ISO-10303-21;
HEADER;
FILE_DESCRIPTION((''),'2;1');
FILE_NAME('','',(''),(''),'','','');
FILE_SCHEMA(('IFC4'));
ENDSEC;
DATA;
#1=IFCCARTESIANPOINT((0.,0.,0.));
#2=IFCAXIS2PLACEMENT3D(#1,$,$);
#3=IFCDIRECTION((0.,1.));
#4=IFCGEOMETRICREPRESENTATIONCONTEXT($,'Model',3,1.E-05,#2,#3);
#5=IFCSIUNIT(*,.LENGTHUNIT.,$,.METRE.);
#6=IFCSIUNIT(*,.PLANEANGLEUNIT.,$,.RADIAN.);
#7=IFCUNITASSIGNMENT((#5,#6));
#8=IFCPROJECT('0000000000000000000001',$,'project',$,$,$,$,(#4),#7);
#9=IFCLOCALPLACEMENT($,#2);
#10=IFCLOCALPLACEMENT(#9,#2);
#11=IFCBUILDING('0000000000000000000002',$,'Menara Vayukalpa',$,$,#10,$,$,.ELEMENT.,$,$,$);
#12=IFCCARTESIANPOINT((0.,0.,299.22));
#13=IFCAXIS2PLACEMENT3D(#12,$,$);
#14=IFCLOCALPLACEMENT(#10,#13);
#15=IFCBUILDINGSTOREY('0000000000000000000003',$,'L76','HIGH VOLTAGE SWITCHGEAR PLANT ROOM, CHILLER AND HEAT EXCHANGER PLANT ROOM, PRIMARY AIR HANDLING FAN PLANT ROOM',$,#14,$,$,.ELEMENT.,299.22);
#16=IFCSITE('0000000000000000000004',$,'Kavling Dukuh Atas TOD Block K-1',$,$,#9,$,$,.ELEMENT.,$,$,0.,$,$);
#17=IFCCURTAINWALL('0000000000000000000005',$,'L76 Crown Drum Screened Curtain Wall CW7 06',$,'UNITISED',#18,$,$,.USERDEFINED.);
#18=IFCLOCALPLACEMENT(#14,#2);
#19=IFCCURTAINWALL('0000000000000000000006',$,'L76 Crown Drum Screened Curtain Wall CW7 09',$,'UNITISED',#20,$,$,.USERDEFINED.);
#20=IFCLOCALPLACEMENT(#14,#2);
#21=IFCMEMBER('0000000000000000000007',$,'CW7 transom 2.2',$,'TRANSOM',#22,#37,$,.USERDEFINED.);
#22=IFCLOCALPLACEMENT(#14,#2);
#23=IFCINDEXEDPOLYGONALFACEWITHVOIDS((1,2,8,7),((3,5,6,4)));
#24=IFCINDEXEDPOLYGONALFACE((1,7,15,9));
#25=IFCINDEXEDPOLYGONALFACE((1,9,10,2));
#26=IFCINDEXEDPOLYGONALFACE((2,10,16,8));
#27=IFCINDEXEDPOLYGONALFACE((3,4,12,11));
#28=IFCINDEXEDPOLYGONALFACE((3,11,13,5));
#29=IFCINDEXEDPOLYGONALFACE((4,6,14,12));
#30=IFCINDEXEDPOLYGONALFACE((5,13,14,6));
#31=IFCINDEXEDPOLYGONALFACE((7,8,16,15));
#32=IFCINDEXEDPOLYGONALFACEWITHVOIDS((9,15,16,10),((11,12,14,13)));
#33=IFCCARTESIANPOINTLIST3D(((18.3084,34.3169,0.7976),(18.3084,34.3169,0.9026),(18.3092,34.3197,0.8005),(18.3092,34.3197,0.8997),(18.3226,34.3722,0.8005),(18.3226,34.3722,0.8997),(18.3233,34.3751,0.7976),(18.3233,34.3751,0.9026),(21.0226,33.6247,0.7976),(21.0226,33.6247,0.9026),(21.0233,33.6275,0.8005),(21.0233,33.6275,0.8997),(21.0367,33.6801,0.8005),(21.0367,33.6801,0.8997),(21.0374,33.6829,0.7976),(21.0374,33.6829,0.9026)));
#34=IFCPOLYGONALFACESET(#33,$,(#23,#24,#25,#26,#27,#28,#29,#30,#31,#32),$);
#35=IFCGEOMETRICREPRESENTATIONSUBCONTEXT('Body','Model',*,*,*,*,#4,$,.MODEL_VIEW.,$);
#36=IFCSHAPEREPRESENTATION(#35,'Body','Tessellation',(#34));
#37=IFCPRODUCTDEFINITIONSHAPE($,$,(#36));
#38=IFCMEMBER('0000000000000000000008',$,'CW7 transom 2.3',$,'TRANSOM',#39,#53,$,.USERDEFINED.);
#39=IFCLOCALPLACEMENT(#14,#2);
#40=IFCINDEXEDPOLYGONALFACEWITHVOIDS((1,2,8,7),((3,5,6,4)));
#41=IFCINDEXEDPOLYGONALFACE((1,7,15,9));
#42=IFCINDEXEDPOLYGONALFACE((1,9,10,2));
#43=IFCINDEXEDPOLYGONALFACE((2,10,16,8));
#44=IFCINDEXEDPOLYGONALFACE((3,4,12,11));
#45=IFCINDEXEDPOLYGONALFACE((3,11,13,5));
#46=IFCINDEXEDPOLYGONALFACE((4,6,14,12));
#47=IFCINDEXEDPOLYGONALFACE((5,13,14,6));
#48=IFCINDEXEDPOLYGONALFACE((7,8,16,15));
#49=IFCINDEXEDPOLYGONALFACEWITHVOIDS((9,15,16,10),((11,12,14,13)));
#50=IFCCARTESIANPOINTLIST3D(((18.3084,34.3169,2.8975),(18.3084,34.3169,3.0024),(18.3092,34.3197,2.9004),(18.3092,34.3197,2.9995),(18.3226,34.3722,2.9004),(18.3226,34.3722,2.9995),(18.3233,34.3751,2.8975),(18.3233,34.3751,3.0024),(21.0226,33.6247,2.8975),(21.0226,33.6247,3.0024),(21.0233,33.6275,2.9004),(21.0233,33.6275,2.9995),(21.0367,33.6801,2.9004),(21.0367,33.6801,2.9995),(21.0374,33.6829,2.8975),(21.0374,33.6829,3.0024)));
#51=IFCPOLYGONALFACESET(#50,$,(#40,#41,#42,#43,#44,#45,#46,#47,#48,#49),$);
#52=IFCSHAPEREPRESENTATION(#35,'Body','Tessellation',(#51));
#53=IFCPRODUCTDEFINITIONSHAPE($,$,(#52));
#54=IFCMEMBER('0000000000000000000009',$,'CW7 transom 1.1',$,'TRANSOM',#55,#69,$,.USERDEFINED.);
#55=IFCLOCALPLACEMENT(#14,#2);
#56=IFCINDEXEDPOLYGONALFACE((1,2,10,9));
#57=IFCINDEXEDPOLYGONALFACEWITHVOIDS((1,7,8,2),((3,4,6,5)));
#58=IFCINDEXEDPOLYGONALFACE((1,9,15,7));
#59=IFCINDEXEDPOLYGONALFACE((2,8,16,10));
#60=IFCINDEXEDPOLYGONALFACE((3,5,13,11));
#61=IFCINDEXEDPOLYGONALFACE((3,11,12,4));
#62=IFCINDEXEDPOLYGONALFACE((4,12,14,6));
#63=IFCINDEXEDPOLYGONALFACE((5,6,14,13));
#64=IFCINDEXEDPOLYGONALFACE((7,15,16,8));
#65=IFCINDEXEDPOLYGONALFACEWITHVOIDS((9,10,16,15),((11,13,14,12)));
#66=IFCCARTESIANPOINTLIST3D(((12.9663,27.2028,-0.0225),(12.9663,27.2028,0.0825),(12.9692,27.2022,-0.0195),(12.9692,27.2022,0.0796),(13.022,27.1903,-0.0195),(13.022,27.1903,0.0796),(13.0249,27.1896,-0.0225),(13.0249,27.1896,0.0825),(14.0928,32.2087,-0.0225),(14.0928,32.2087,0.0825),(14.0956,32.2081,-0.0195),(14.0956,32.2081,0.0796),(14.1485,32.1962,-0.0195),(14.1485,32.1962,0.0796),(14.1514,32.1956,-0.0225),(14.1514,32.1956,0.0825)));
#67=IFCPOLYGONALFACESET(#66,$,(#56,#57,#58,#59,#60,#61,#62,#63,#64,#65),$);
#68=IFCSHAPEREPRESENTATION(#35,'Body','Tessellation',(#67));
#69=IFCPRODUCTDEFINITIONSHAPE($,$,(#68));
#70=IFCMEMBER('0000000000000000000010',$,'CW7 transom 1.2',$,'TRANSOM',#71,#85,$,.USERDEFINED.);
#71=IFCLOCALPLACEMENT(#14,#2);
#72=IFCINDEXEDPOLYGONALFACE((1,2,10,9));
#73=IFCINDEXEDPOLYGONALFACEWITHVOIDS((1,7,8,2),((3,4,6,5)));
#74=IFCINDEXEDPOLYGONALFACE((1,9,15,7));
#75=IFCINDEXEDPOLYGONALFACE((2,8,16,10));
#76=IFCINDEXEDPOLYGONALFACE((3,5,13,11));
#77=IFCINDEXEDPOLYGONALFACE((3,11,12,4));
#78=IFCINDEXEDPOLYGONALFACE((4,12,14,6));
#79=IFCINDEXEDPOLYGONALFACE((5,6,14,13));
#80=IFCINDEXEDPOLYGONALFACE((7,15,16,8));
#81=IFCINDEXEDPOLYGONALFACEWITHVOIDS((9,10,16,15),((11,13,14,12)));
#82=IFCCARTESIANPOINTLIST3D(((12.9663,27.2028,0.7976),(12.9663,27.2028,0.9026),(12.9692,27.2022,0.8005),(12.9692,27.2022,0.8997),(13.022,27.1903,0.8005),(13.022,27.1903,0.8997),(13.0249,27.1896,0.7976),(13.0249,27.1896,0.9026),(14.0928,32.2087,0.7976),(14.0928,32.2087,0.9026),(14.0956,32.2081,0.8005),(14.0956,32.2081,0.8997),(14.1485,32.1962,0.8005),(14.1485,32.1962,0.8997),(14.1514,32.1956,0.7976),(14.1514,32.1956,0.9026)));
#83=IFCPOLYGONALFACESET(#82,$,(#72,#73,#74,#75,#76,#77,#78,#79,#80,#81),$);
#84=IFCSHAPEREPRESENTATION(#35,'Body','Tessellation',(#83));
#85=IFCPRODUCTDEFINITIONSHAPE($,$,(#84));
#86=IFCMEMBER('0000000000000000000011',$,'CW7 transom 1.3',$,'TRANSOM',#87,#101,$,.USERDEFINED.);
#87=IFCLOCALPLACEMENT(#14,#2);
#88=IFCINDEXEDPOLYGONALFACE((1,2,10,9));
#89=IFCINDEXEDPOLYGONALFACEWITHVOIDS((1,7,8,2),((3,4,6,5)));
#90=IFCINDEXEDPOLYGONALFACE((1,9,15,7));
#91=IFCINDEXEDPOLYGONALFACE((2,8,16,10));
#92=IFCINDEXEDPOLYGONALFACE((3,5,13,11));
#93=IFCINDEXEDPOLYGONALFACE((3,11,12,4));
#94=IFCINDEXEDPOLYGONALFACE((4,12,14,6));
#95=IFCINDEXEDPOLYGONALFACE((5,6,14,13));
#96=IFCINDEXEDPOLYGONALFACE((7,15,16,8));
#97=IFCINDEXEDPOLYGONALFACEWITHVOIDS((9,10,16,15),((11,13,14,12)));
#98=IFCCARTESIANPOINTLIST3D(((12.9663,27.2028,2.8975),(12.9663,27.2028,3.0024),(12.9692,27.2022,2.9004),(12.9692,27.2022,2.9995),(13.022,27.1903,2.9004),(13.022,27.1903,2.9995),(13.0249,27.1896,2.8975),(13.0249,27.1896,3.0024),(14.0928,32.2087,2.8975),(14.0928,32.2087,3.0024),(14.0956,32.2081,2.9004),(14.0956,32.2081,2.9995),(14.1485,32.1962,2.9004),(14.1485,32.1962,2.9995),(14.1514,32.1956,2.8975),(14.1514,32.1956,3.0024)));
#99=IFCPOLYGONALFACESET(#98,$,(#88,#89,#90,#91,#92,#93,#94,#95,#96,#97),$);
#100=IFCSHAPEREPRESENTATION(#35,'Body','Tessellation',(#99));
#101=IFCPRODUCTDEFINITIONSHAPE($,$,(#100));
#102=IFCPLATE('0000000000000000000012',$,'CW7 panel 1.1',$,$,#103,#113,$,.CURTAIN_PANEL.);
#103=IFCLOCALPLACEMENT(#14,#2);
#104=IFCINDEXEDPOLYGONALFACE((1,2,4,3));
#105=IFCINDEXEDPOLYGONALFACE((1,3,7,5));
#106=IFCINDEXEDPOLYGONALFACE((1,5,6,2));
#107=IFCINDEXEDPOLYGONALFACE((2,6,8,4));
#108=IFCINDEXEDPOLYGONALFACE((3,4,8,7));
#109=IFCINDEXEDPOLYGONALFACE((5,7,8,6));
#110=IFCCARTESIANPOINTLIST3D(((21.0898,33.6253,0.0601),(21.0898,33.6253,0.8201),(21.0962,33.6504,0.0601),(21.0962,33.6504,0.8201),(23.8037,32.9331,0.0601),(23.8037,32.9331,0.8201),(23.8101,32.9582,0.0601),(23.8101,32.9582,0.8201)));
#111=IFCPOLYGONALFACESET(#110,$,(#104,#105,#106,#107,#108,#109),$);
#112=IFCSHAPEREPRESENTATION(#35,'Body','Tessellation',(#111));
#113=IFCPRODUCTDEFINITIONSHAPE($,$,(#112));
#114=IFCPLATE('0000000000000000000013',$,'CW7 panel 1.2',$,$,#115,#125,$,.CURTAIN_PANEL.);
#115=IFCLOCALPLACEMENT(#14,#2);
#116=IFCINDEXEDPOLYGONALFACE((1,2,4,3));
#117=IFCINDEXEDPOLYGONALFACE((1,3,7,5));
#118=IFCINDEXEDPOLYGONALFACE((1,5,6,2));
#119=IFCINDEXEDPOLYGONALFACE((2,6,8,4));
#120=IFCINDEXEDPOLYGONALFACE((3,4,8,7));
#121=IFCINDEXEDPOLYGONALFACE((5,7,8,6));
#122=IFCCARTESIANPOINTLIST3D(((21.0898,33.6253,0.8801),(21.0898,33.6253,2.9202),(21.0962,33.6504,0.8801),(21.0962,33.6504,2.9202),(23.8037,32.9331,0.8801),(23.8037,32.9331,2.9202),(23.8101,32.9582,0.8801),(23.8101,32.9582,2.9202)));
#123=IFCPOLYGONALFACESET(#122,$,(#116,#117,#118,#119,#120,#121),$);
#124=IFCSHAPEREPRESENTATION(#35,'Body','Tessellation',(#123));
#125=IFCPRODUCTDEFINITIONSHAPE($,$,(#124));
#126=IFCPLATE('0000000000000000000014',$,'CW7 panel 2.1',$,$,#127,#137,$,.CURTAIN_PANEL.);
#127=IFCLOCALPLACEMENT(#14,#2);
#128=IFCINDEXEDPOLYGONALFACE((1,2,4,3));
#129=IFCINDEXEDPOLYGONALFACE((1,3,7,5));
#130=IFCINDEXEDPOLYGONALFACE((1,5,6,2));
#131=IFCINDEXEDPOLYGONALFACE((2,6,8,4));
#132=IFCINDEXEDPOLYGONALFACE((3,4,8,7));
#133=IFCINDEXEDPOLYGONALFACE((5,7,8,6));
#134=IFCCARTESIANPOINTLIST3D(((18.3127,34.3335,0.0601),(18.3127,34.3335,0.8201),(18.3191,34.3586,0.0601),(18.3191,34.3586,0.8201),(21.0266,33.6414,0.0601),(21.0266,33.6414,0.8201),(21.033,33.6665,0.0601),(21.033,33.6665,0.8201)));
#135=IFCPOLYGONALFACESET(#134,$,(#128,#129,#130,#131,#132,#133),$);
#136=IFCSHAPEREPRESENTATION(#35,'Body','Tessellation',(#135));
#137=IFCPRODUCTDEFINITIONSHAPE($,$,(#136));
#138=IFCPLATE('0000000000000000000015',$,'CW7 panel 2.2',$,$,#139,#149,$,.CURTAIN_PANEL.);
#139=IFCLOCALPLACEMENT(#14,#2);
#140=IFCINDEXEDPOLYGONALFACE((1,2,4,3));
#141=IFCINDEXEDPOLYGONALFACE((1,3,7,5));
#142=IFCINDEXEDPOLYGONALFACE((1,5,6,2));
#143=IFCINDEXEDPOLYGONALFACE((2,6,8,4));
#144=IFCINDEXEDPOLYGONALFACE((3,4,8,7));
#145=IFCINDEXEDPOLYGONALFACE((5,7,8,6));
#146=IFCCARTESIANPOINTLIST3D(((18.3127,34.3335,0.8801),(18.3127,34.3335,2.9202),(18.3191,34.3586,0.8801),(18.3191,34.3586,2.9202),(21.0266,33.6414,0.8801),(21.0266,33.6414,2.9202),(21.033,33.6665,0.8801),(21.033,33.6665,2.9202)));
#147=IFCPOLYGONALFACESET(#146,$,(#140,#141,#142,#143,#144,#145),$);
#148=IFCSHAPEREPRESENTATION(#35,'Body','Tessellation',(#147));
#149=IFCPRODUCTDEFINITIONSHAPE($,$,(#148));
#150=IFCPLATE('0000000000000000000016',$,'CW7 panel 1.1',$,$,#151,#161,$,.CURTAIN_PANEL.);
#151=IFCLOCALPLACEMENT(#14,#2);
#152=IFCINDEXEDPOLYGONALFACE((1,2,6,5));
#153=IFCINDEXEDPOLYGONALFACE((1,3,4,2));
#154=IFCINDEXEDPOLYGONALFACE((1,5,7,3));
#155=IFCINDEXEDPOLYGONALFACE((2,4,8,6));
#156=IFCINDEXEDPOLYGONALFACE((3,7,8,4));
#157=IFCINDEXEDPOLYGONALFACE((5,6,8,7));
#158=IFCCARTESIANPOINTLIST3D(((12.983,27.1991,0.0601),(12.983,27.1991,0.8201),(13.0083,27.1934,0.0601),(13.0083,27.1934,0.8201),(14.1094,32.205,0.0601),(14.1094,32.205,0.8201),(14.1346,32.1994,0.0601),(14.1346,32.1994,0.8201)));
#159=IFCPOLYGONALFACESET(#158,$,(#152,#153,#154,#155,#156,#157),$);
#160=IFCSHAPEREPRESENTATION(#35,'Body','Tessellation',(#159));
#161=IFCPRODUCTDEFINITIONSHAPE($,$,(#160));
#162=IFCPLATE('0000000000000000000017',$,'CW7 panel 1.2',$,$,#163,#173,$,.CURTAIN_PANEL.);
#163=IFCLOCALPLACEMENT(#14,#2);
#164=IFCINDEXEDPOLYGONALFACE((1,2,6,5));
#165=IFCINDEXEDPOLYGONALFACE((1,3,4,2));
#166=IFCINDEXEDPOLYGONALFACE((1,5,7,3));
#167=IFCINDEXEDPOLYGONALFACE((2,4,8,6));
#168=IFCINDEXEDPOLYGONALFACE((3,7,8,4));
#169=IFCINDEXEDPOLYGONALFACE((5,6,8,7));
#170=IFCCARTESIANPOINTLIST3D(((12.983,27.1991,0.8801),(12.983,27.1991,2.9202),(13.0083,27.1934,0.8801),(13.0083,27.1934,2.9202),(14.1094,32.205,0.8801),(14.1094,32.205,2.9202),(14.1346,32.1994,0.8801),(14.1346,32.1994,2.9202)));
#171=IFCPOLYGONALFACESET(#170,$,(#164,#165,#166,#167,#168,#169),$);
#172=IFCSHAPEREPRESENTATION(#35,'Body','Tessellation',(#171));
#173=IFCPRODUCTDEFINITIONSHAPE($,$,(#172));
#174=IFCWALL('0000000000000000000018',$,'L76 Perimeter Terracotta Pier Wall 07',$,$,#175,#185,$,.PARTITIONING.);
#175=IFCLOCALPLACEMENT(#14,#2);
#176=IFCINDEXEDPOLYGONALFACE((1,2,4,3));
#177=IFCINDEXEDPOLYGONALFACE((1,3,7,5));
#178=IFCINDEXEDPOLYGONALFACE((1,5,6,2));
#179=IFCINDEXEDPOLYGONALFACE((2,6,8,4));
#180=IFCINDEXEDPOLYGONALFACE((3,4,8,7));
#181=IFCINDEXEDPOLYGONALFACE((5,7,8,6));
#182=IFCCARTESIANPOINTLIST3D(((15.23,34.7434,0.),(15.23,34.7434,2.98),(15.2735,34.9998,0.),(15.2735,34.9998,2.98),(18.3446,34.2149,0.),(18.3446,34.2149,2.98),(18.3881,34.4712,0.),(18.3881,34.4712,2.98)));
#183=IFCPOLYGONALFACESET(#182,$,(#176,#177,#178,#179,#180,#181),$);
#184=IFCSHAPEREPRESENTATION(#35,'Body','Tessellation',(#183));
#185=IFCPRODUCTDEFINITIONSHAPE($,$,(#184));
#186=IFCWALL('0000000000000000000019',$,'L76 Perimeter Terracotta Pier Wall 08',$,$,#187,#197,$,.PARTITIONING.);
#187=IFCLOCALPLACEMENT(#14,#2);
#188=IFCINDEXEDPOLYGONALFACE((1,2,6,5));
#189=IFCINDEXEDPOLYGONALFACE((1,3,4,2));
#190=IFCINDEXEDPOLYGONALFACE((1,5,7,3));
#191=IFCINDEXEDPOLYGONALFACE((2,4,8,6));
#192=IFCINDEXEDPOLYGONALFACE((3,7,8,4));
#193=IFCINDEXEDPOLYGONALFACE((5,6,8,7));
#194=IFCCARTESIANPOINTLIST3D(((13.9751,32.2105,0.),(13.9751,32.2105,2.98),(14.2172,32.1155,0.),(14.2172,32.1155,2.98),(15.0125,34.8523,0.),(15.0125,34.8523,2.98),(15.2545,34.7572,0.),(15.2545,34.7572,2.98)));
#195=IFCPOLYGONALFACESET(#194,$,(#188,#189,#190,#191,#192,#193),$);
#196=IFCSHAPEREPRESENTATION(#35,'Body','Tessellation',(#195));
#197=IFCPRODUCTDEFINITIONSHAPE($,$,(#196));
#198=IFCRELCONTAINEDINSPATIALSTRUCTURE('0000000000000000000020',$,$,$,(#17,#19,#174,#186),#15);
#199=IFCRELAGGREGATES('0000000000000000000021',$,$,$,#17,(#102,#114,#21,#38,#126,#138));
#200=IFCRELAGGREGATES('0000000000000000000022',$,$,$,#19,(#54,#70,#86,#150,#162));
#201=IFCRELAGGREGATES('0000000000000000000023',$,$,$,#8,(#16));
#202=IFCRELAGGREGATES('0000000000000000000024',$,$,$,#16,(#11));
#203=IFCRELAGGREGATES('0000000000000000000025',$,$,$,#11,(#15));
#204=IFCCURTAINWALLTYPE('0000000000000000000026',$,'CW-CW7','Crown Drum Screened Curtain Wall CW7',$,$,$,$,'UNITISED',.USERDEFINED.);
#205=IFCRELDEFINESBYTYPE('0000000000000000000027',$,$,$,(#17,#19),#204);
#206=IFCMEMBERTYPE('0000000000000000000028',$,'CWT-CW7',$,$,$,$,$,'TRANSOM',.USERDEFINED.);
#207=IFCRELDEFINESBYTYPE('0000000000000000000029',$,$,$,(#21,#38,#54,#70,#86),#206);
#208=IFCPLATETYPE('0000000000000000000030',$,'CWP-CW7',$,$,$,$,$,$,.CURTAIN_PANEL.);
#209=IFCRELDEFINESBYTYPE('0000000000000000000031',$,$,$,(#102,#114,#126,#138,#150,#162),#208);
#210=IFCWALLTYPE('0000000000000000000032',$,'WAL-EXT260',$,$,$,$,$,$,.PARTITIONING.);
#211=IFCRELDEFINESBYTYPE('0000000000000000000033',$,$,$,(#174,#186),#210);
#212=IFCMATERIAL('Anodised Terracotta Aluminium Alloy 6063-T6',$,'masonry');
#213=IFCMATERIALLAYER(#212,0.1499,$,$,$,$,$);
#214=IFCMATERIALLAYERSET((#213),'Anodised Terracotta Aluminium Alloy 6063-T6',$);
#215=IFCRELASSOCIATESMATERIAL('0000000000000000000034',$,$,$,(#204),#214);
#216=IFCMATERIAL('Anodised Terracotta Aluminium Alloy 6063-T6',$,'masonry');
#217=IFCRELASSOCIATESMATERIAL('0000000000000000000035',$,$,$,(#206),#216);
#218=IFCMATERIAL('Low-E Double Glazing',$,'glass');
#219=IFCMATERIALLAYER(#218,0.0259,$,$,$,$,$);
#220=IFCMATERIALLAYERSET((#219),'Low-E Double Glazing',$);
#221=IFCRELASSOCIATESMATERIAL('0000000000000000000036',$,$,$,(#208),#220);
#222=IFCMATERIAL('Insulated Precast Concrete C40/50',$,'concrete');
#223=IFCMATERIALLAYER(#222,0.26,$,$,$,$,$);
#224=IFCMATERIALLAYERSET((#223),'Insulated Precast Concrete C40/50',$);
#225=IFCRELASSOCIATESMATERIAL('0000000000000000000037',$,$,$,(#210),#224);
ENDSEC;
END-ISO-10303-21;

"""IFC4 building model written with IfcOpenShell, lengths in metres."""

from ifc_helpers import new_model, si_unit, direction, frame, frame_2d, origin, origin_2d, place, context, subcontext, project, spatial, rectangle, hollow_rectangle, extrude, material, layer, layer_set, material_profile, profile_set, type_object, element, aggregate, save


model = new_model("IFC4")

# Units and contexts
model_context = context("Model", 3, precision=1e-05, world=origin(), true_north=direction((0.0, 1.0)))
body_context = subcontext(model_context, "Body", "Model", "MODEL_VIEW")
ifc_project = project(units=[si_unit("LENGTHUNIT", "METRE"), si_unit("PLANEANGLEUNIT", "RADIAN")], contexts=[model_context])

# Site, building, storey
site_placement = place(None, origin())
site = spatial("IfcSite", under=ifc_project, at=site_placement, Name="Kavling Dukuh Atas TOD Block K-1", CompositionType="ELEMENT", RefElevation=0.0)
building_placement = place(site_placement, origin())
building = spatial("IfcBuilding", under=site, at=building_placement, Name="Menara Vayukalpa", CompositionType="ELEMENT")
storey_placement = place(building_placement, frame((0.0, 0.0, 299.22)))
storey = spatial("IfcBuildingStorey", under=building, at=storey_placement, Name="L76", Description="HIGH VOLTAGE SWITCHGEAR PLANT ROOM, CHILLER AND HEAT EXCHANGER PLANT ROOM, PRIMARY AIR HANDLING FAN PLANT ROOM", CompositionType="ELEMENT", Elevation=299.22)

# Shared definitions
ifc_material_1 = material(Name="Anodised Terracotta Aluminium Alloy 6063-T6", Category="masonry")
ifc_layer_1 = layer(ifc_material_1, 0.1499)
ifc_layer_set_1 = layer_set([ifc_layer_1], Name="Anodised Terracotta Aluminium Alloy 6063-T6")
curtain_wall_type = type_object("IfcCurtainWallType", Name="CW-CW7", Description="Crown Drum Screened Curtain Wall CW7", ElementType="UNITISED", PredefinedType="USERDEFINED", material=ifc_layer_set_1)

# Curtain wall
curtain_wall_1_placement = place(storey_placement, origin())
curtain_wall_1 = element("IfcCurtainWall", 1, at=curtain_wall_1_placement, inside=storey, type_object=curtain_wall_type, Name="L76 Crown Drum Screened Curtain Wall CW7 06", ObjectType="UNITISED", PredefinedType="USERDEFINED")

# Curtain wall
curtain_wall_2_placement = place(storey_placement, origin())
curtain_wall_2 = element("IfcCurtainWall", 2, at=curtain_wall_2_placement, inside=storey, type_object=curtain_wall_type, Name="L76 Crown Drum Screened Curtain Wall CW7 09", ObjectType="UNITISED", PredefinedType="USERDEFINED")

# Members
ifc_material_2 = material(Name="Anodised Terracotta Aluminium Alloy 6063-T6", Category="masonry")
ifc_material_profile_1 = material_profile(ifc_material_2, hollow_rectangle(XDim=0.0601, YDim=0.105, WallThickness=0.0029, at=origin_2d()), Name="ALU 60x105x3")
ifc_profile_set_1 = profile_set([ifc_material_profile_1], Name="Anodised Terracotta Aluminium Alloy 6063-T6")
member_type_1 = type_object("IfcMemberType", Name="CWT-CW7", ElementType="TRANSOM", PredefinedType="USERDEFINED", material=ifc_profile_set_1)
member_1_placement = place(storey_placement, frame((21.03, 33.6538, 0.8501), z_axis=(-0.968988, 0.247106, 0.0), x_axis=(-0.247106, -0.968988, 0.0)))
member_1 = element("IfcMember", 3, at=member_1_placement, type_object=member_type_1, Name="CW7 transom 2.2", ObjectType="TRANSOM", PredefinedType="USERDEFINED", context=body_context, shape_type="SweptSolid", body=[
    extrude(hollow_rectangle(XDim=0.0601, YDim=0.105, WallThickness=0.0029, at=origin_2d()), origin(), (0.0, 0.0, 1.0), 2.801),
])
member_2_placement = place(storey_placement, frame((21.03, 33.6538, 2.95), z_axis=(-0.968988, 0.247106, 0.0), x_axis=(-0.247106, -0.968988, 0.0)))
member_2 = element("IfcMember", 4, at=member_2_placement, type_object=member_type_1, Name="CW7 transom 2.3", ObjectType="TRANSOM", PredefinedType="USERDEFINED", context=body_context, shape_type="SweptSolid", body=[
    extrude(hollow_rectangle(XDim=0.0601, YDim=0.105, WallThickness=0.0029, at=origin_2d()), origin(), (0.0, 0.0, 1.0), 2.801),
])
member_3_placement = place(storey_placement, frame((14.1221, 32.2021, 0.03), z_axis=(-0.219539, -0.975604, 0.0), x_axis=(0.975604, -0.219539, 0.0)))
member_3 = element("IfcMember", 5, at=member_3_placement, type_object=member_type_1, Name="CW7 transom 1.1", ObjectType="TRANSOM", PredefinedType="USERDEFINED", context=body_context, shape_type="SweptSolid", body=[
    extrude(hollow_rectangle(XDim=0.0601, YDim=0.105, WallThickness=0.0029, at=origin_2d()), origin(), (0.0, 0.0, 1.0), 5.1311),
])
member_4_placement = place(storey_placement, frame((14.1221, 32.2021, 0.8501), z_axis=(-0.219539, -0.975604, 0.0), x_axis=(0.975604, -0.219539, 0.0)))
member_4 = element("IfcMember", 6, at=member_4_placement, type_object=member_type_1, Name="CW7 transom 1.2", ObjectType="TRANSOM", PredefinedType="USERDEFINED", context=body_context, shape_type="SweptSolid", body=[
    extrude(hollow_rectangle(XDim=0.0601, YDim=0.105, WallThickness=0.0029, at=origin_2d()), origin(), (0.0, 0.0, 1.0), 5.1311),
])
member_5_placement = place(storey_placement, frame((14.1221, 32.2021, 2.95), z_axis=(-0.219539, -0.975604, 0.0), x_axis=(0.975604, -0.219539, 0.0)))
member_5 = element("IfcMember", 7, at=member_5_placement, type_object=member_type_1, Name="CW7 transom 1.3", ObjectType="TRANSOM", PredefinedType="USERDEFINED", context=body_context, shape_type="SweptSolid", body=[
    extrude(hollow_rectangle(XDim=0.0601, YDim=0.105, WallThickness=0.0029, at=origin_2d()), origin(), (0.0, 0.0, 1.0), 5.1311),
])

# Plates
ifc_material_3 = material(Name="Low-E Double Glazing", Category="glass")
ifc_layer_2 = layer(ifc_material_3, 0.0259)
ifc_layer_set_2 = layer_set([ifc_layer_2], Name="Low-E Double Glazing")
plate_type = type_object("IfcPlateType", Name="CWP-CW7", PredefinedType="CURTAIN_PANEL", material=ifc_layer_set_2)
plate_1_placement = place(storey_placement, frame((22.45, 33.2917, 0.0601), z_axis=(0.0, 0.0, 1.0), x_axis=(-0.968984, 0.247124, 0.0)))
plate_1 = element("IfcPlate", 8, at=plate_1_placement, type_object=plate_type, Name="CW7 panel 1.1", PredefinedType="CURTAIN_PANEL", context=body_context, shape_type="SweptSolid", body=[
    extrude(rectangle(XDim=2.8008, YDim=0.0259, at=origin_2d()), origin(), (0.0, 0.0, 1.0), 0.76),
])
plate_2_placement = place(storey_placement, frame((22.45, 33.2917, 0.8801), z_axis=(0.0, 0.0, 1.0), x_axis=(-0.968984, 0.247124, 0.0)))
plate_2 = element("IfcPlate", 9, at=plate_2_placement, type_object=plate_type, Name="CW7 panel 1.2", PredefinedType="CURTAIN_PANEL", context=body_context, shape_type="SweptSolid", body=[
    extrude(rectangle(XDim=2.8008, YDim=0.0259, at=origin_2d()), origin(), (0.0, 0.0, 1.0), 2.04),
])
plate_3_placement = place(storey_placement, frame((19.6729, 34.0, 0.0601), z_axis=(0.0, 0.0, 1.0), x_axis=(-0.968984, 0.247124, 0.0)))
plate_3 = element("IfcPlate", 10, at=plate_3_placement, type_object=plate_type, Name="CW7 panel 2.1", PredefinedType="CURTAIN_PANEL", context=body_context, shape_type="SweptSolid", body=[
    extrude(rectangle(XDim=2.8008, YDim=0.0259, at=origin_2d()), origin(), (0.0, 0.0, 1.0), 0.76),
])
plate_4_placement = place(storey_placement, frame((19.6729, 34.0, 0.8801), z_axis=(0.0, 0.0, 1.0), x_axis=(-0.968984, 0.247124, 0.0)))
plate_4 = element("IfcPlate", 11, at=plate_4_placement, type_object=plate_type, Name="CW7 panel 2.2", PredefinedType="CURTAIN_PANEL", context=body_context, shape_type="SweptSolid", body=[
    extrude(rectangle(XDim=2.8008, YDim=0.0259, at=origin_2d()), origin(), (0.0, 0.0, 1.0), 2.04),
])
aggregate(curtain_wall_1, [plate_1, plate_2, member_1, member_2, plate_3, plate_4])
plate_5_placement = place(storey_placement, frame((13.5588, 29.6992, 0.0601), z_axis=(0.0, 0.0, 1.0), x_axis=(-0.219516, -0.975609, 0.0)))
plate_5 = element("IfcPlate", 12, at=plate_5_placement, type_object=plate_type, Name="CW7 panel 1.1", PredefinedType="CURTAIN_PANEL", context=body_context, shape_type="SweptSolid", body=[
    extrude(rectangle(XDim=5.1311, YDim=0.0259, at=origin_2d()), origin(), (0.0, 0.0, 1.0), 0.76),
])
plate_6_placement = place(storey_placement, frame((13.5588, 29.6992, 0.8801), z_axis=(0.0, 0.0, 1.0), x_axis=(-0.219516, -0.975609, 0.0)))
plate_6 = element("IfcPlate", 13, at=plate_6_placement, type_object=plate_type, Name="CW7 panel 1.2", PredefinedType="CURTAIN_PANEL", context=body_context, shape_type="SweptSolid", body=[
    extrude(rectangle(XDim=5.1311, YDim=0.0259, at=origin_2d()), origin(), (0.0, 0.0, 1.0), 2.04),
])
aggregate(curtain_wall_2, [member_3, member_4, member_5, plate_5, plate_6])

# Walls
ifc_material_4 = material(Name="Insulated Precast Concrete C40/50", Category="concrete")
ifc_layer_3 = layer(ifc_material_4, 0.26)
ifc_layer_set_3 = layer_set([ifc_layer_3], Name="Insulated Precast Concrete C40/50")
wall_type = type_object("IfcWallType", Name="WAL-EXT260", PredefinedType="PARTITIONING", material=ifc_layer_set_3)
wall_1_placement = place(storey_placement, frame((15.2517, 34.8716, 0.0), z_axis=(0.0, 0.0, 1.0), x_axis=(0.985905, -0.167306, 0.0)))
element("IfcWall", 14, at=wall_1_placement, inside=storey, type_object=wall_type, Name="L76 Perimeter Terracotta Pier Wall 07", PredefinedType="PARTITIONING", context=body_context, shape_type="SweptSolid", body=[
    extrude(rectangle(XDim=3.1592, YDim=0.26, at=frame_2d((1.5796, 0.0))), origin(), (0.0, 0.0, 1.0), 2.98),
])
wall_2_placement = place(storey_placement, frame((14.0962, 32.1631, 0.0), z_axis=(0.0, 0.0, 1.0), x_axis=(0.365495, 0.930813, 0.0)))
element("IfcWall", 15, at=wall_2_placement, inside=storey, type_object=wall_type, Name="L76 Perimeter Terracotta Pier Wall 08", PredefinedType="PARTITIONING", context=body_context, shape_type="SweptSolid", body=[
    extrude(rectangle(XDim=2.8381, YDim=0.26, at=frame_2d((1.4189, 0.0))), origin(), (0.0, 0.0, 1.0), 2.98),
])

save(model, "model.ifc")
